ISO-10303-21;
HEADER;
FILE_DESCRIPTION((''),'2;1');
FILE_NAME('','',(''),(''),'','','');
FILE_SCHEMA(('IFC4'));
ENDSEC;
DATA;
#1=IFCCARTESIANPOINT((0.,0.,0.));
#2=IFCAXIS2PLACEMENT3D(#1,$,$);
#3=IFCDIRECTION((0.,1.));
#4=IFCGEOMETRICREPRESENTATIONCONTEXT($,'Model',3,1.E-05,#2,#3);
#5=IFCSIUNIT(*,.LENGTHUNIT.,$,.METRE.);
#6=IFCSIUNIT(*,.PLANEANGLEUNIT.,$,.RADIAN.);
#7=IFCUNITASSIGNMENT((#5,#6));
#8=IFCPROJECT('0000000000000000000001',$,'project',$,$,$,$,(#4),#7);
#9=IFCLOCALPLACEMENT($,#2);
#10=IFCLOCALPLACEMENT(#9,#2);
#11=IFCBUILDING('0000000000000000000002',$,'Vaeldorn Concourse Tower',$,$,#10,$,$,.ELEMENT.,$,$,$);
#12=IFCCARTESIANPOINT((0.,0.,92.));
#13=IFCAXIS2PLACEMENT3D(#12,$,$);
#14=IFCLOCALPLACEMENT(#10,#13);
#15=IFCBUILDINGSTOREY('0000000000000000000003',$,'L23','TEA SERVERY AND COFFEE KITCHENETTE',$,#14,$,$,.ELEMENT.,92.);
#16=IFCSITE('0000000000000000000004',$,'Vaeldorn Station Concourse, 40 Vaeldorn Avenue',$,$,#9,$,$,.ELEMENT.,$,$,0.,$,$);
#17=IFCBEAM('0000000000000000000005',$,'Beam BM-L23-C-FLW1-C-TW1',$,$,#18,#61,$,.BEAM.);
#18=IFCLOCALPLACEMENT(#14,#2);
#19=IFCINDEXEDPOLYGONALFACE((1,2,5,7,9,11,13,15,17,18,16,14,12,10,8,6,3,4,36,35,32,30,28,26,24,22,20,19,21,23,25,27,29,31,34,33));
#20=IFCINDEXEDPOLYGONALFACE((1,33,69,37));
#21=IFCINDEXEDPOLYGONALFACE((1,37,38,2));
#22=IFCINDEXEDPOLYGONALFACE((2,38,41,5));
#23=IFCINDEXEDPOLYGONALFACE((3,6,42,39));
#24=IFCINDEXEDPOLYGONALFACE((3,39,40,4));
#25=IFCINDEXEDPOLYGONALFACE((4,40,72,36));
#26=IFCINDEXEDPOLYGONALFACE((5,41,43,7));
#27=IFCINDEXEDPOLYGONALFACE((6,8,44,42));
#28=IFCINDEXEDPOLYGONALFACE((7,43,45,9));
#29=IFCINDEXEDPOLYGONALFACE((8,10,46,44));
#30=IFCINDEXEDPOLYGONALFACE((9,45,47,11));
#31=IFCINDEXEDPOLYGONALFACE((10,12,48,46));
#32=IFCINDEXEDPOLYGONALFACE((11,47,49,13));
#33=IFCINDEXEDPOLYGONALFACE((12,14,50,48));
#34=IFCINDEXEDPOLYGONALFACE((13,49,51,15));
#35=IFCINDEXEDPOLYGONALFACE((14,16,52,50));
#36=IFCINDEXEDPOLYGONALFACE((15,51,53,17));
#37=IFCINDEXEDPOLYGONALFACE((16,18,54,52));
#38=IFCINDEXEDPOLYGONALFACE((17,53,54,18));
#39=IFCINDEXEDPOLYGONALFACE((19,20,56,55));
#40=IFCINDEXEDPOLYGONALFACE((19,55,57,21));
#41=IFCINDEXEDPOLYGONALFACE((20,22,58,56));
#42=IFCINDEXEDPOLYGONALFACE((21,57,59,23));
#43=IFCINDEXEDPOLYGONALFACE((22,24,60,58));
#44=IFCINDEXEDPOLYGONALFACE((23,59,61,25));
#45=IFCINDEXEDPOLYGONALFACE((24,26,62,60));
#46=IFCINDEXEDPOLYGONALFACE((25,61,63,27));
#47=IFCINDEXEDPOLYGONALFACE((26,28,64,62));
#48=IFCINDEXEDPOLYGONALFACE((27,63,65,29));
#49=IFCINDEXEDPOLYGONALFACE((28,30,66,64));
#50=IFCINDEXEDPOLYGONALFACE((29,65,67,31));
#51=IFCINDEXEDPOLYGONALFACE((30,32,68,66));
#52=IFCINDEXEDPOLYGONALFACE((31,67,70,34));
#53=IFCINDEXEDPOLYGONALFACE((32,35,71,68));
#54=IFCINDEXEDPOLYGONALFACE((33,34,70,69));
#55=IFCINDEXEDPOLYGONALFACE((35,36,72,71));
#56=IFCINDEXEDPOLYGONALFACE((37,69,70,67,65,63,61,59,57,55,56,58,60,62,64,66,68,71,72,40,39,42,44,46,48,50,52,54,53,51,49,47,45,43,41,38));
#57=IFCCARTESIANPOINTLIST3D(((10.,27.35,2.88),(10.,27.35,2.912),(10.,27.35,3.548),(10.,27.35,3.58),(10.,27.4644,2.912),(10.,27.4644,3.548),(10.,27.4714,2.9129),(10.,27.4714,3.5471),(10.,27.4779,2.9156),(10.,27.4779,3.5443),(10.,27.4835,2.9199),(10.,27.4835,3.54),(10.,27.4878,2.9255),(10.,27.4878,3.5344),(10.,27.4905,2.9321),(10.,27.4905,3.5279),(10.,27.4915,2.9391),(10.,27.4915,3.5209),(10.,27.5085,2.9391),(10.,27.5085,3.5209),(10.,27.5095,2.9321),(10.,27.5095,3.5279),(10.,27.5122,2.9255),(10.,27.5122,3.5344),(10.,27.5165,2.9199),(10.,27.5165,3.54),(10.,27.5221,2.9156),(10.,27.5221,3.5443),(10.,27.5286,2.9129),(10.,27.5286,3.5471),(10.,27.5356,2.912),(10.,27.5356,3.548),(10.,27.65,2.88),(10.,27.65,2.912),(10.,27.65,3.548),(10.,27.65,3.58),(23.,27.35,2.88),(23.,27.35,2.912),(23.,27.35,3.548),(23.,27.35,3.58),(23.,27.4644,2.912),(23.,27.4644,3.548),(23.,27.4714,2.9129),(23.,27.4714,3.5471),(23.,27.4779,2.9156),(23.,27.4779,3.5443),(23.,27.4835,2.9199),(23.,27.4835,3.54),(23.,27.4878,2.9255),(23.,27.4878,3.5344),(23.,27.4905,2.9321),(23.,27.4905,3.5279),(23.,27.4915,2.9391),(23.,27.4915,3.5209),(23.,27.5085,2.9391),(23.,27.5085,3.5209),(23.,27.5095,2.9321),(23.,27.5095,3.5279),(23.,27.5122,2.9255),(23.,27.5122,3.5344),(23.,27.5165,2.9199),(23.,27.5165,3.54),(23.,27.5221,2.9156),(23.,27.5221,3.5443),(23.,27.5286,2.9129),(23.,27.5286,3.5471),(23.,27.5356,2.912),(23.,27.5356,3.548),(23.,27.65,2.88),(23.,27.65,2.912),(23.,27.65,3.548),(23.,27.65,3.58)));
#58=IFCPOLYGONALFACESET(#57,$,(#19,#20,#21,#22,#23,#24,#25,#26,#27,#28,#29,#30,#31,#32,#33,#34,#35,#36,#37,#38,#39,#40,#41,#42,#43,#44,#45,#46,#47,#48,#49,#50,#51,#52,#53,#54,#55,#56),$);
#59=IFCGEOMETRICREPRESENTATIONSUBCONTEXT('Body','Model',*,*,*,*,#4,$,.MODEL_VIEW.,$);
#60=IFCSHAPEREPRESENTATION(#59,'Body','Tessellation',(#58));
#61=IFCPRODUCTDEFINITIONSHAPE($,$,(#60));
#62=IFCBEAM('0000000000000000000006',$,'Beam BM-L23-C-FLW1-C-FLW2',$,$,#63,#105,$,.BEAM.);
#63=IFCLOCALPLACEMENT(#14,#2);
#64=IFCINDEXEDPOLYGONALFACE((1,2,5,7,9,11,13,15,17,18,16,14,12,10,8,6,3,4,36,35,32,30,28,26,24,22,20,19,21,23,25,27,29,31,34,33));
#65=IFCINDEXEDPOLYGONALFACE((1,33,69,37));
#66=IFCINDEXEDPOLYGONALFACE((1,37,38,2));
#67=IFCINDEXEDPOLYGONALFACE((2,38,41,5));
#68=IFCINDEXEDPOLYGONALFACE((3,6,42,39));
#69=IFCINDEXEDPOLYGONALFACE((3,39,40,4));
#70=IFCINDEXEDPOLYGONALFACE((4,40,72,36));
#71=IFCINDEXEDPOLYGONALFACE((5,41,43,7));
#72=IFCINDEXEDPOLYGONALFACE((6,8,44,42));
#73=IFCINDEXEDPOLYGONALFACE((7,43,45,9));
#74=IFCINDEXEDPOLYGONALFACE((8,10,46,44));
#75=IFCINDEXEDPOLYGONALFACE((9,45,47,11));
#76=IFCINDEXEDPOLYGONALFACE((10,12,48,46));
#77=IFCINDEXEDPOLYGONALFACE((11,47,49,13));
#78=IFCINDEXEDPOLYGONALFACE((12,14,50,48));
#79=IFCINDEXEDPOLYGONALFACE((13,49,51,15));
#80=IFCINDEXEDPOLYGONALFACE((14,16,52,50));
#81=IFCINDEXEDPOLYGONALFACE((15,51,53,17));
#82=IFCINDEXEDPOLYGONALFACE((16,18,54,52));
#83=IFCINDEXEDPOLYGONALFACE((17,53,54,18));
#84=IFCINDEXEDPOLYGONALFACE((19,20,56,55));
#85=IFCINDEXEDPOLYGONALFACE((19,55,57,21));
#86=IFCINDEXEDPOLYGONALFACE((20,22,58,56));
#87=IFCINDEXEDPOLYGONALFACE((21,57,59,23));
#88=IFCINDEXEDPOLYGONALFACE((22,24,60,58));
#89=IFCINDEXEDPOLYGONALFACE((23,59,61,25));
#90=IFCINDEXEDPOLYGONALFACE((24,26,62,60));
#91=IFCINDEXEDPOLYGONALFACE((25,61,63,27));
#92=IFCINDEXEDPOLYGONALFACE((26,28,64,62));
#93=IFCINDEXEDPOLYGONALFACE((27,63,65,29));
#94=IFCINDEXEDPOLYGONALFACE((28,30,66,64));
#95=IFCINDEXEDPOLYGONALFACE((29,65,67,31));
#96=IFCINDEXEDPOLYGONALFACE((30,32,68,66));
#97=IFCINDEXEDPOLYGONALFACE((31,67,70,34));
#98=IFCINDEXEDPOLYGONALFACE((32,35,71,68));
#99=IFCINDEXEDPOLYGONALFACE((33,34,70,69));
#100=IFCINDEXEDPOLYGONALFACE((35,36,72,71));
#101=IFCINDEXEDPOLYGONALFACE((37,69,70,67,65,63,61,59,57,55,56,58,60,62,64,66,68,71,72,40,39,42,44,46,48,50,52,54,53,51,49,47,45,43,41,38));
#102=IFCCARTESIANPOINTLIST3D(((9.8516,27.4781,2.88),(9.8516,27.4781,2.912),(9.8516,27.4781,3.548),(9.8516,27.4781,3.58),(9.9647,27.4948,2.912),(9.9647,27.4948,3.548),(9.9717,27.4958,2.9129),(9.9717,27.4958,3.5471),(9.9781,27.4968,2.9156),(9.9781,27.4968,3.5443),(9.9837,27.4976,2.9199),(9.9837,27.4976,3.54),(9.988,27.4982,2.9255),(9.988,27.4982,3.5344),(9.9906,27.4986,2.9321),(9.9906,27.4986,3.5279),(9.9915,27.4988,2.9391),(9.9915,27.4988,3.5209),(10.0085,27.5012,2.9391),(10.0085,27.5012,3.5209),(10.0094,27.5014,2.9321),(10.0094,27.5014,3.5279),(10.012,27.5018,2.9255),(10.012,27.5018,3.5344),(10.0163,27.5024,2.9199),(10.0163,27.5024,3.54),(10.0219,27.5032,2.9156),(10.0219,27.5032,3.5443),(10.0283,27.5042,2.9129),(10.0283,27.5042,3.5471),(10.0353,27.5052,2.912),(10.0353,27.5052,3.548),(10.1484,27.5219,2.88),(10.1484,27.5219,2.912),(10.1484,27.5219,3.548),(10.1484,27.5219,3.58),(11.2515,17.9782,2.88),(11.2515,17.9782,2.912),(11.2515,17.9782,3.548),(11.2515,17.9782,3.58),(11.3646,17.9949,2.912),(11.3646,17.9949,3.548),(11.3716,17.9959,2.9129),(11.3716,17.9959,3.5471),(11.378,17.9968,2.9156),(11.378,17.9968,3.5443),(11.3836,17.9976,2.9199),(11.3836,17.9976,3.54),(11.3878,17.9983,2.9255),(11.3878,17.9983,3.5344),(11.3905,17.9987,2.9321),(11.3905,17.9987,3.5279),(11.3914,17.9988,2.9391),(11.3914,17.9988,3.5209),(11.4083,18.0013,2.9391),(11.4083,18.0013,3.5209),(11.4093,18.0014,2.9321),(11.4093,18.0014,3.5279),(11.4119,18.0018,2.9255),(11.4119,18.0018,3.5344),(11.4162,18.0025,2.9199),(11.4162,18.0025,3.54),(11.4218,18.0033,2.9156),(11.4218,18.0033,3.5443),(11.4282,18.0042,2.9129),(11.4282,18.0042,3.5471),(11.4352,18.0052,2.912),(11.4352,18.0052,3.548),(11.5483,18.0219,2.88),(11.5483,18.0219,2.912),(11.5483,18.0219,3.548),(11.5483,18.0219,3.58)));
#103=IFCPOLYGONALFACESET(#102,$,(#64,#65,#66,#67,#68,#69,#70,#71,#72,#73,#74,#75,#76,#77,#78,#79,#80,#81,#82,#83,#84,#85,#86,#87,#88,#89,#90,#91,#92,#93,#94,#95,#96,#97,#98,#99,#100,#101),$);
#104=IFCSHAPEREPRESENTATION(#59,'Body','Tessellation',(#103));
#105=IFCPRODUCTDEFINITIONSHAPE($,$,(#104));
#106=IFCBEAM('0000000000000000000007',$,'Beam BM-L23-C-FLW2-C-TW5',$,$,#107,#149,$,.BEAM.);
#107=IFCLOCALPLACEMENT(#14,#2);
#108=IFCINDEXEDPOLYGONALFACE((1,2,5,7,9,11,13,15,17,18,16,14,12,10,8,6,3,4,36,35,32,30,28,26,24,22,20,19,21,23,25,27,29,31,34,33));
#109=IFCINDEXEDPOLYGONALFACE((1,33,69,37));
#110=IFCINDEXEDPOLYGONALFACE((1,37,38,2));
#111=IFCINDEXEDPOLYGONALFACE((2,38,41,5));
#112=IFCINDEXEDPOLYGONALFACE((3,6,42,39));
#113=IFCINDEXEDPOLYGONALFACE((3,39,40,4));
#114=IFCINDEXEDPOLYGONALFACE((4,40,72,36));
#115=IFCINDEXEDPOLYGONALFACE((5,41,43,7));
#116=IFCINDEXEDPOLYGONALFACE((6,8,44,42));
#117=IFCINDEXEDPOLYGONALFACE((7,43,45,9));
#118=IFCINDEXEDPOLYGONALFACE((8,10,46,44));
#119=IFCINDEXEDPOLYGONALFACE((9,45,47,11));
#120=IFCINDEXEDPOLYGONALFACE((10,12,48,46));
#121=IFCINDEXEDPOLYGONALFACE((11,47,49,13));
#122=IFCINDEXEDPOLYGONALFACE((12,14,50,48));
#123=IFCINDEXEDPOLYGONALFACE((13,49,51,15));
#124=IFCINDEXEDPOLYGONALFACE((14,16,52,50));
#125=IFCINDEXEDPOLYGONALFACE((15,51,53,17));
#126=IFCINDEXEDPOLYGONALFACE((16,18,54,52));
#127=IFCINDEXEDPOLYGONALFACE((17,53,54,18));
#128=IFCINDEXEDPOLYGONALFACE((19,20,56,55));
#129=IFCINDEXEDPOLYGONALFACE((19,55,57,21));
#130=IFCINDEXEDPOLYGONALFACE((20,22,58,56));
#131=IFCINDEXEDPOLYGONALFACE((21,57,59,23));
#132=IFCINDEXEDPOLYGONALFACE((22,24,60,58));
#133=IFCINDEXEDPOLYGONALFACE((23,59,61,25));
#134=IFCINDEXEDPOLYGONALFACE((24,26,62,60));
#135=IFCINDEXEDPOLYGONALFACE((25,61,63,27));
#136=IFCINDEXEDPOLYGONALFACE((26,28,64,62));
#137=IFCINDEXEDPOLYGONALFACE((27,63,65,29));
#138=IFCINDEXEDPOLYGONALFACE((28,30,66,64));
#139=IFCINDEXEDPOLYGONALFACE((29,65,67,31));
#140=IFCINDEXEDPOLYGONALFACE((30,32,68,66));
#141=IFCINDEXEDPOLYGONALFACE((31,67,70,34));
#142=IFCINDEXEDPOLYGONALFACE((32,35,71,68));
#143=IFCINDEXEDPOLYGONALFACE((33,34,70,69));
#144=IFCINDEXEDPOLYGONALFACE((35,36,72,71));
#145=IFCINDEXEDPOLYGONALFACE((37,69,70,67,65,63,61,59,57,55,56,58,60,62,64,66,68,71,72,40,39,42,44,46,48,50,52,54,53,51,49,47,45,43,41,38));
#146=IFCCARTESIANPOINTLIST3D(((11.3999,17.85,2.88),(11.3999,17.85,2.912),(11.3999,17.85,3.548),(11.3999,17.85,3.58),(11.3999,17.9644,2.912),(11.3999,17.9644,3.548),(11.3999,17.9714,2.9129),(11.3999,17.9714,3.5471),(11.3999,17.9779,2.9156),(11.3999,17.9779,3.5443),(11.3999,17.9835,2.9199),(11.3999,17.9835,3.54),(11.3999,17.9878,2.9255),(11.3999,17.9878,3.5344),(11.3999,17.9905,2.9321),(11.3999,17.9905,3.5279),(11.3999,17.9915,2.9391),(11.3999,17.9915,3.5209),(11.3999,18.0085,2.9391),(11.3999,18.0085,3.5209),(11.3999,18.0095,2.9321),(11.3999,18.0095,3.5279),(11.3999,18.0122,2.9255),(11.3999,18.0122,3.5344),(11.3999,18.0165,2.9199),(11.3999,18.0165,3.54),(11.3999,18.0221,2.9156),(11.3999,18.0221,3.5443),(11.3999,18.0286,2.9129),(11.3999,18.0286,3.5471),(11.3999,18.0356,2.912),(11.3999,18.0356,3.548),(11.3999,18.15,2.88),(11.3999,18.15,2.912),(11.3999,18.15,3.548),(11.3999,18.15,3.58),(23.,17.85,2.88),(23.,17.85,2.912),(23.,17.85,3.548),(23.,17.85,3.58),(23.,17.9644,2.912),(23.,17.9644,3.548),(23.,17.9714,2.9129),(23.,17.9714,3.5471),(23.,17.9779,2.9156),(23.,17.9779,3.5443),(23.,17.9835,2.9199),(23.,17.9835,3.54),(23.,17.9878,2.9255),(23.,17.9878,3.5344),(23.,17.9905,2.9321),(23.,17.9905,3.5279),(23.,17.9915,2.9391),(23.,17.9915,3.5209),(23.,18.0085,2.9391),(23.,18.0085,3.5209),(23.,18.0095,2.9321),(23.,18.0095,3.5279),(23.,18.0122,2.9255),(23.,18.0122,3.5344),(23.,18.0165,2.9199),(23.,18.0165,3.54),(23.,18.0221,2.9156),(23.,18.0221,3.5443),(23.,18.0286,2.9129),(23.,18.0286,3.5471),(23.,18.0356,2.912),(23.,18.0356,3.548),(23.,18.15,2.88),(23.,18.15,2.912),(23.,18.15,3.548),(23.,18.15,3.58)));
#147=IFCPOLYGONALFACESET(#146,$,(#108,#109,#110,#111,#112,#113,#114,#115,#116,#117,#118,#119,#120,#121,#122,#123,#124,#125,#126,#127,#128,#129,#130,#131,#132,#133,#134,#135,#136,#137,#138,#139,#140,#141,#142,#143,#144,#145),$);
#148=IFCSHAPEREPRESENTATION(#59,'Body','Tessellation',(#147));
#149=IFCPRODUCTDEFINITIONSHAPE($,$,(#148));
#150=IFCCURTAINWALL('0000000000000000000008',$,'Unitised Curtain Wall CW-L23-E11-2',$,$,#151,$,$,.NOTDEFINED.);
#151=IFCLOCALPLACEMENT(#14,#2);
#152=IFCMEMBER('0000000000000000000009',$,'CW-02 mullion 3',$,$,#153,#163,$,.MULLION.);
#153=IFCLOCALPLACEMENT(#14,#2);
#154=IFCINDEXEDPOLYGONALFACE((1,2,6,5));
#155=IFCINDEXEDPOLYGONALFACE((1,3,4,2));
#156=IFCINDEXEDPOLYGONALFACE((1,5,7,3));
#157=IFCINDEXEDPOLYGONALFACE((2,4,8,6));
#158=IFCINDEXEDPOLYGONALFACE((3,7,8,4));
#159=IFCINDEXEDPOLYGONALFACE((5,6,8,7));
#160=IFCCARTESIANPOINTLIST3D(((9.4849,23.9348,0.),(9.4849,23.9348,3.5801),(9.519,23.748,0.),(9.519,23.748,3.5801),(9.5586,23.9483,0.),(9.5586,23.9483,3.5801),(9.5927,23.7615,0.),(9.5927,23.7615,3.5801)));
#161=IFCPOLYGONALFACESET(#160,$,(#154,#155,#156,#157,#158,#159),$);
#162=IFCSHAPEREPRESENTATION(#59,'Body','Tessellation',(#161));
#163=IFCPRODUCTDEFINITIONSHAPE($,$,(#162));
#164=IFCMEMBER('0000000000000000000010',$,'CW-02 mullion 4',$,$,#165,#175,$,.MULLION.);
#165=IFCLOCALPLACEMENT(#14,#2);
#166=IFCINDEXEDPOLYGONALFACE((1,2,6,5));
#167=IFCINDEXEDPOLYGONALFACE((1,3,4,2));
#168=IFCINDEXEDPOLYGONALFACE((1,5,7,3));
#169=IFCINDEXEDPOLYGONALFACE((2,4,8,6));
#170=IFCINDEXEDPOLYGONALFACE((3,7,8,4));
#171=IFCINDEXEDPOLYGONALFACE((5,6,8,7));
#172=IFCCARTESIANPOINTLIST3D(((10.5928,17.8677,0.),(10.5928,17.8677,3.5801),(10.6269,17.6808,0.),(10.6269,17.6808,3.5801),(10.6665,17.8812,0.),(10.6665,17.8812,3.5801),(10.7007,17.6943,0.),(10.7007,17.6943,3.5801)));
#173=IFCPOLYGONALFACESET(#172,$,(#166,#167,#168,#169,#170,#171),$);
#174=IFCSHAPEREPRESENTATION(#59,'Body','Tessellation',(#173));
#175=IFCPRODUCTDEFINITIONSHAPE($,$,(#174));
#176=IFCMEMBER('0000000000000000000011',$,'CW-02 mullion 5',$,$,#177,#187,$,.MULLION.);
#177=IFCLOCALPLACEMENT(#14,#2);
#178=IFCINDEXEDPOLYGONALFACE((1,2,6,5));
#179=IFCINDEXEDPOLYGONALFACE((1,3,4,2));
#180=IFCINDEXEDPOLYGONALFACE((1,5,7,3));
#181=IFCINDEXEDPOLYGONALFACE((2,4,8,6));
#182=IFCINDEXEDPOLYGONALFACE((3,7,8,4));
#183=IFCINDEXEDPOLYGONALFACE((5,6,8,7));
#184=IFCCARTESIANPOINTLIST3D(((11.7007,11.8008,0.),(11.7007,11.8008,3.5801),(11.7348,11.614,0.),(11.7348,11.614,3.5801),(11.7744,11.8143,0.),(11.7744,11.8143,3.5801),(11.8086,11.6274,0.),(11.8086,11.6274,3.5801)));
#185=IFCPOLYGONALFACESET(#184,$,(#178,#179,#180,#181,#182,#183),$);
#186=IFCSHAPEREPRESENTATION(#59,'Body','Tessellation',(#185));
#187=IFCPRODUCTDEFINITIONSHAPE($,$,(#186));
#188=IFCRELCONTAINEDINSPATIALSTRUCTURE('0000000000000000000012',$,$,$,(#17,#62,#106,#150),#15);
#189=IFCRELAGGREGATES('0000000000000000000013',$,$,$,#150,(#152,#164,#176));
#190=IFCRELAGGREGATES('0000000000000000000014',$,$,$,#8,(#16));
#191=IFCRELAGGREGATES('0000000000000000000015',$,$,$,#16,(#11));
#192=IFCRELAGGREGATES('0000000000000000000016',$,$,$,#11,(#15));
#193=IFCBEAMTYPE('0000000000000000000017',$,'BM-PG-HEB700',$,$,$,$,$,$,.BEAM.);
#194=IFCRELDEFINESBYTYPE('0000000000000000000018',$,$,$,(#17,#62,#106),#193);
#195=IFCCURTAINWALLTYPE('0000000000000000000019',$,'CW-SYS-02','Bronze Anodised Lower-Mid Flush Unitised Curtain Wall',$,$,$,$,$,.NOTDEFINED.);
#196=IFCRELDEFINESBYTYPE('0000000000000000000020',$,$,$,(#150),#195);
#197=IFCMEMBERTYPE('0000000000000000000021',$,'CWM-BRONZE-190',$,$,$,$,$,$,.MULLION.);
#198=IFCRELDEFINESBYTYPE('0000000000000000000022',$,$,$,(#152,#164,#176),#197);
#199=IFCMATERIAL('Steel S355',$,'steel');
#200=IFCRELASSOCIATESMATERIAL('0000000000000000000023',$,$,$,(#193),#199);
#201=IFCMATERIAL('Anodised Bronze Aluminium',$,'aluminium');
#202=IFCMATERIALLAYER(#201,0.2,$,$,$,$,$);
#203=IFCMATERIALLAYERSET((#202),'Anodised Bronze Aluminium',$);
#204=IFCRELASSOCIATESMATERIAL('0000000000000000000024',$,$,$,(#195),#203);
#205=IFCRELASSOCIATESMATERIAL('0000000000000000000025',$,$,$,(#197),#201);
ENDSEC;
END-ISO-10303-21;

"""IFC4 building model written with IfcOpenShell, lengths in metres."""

from ifc_helpers import new_model, si_unit, direction, frame, origin, origin_2d, place, context, subcontext, project, spatial, rectangle, i_section, extrude, source, transform, mapped, material, layer, layer_set, material_profile, profile_set, type_object, element, aggregate, save


model = new_model("IFC4")

# Units and contexts
model_context = context("Model", 3, precision=1e-05, world=origin(), true_north=direction((0.0, 1.0)))
body_context = subcontext(model_context, "Body", "Model", "MODEL_VIEW")
ifc_project = project(units=[si_unit("LENGTHUNIT", "METRE"), si_unit("PLANEANGLEUNIT", "RADIAN")], contexts=[model_context])

# Site, building, storey
site_placement = place(None, origin())
site = spatial("IfcSite", under=ifc_project, at=site_placement, Name="Vaeldorn Station Concourse, 40 Vaeldorn Avenue", CompositionType="ELEMENT", RefElevation=0.0)
building_placement = place(site_placement, origin())
building = spatial("IfcBuilding", under=site, at=building_placement, Name="Vaeldorn Concourse Tower", CompositionType="ELEMENT")
storey_placement = place(building_placement, frame((0.0, 0.0, 92.0)))
storey = spatial("IfcBuildingStorey", under=building, at=storey_placement, Name="L23", Description="TEA SERVERY AND COFFEE KITCHENETTE", CompositionType="ELEMENT", Elevation=92.0)

# Beams
ifc_material_1 = material(Name="Steel S355", Category="steel")
ifc_material_profile_1 = material_profile(ifc_material_1, i_section(OverallWidth=0.3, OverallDepth=0.7, WebThickness=0.0171, FlangeThickness=0.032, FilletRadius=0.0271, at=origin_2d()), Name="HEB 700")
ifc_profile_set_1 = profile_set([ifc_material_profile_1], Name="Steel S355")
beam_type_1 = type_object("IfcBeamType", Name="BM-PG-HEB700", PredefinedType="BEAM", material=ifc_profile_set_1)
shared_shape_1 = source(origin(), body_context, "Body", "SweptSolid", [
    extrude(i_section(OverallWidth=0.3, OverallDepth=0.7, WebThickness=0.0171, FlangeThickness=0.032, FilletRadius=0.0271, at=origin_2d()), origin(), (0.0, 0.0, 1.0), 13.0),
])
beam_1_placement = place(storey_placement, frame((10.0, 27.5, 3.23), z_axis=(1.0, 0.0, 0.0), x_axis=(0.0, 1.0, 0.0)))
element("IfcBeam", 1, at=beam_1_placement, inside=storey, type_object=beam_type_1, Name="Beam BM-L23-C-FLW1-C-TW1", PredefinedType="BEAM", context=body_context, shape_type="MappedRepresentation", body=[
    mapped(shared_shape_1, transform((0.0, 0.0, 0.0), scale=1.0)),
])
shared_shape_2 = source(origin(), body_context, "Body", "SweptSolid", [
    extrude(i_section(OverallWidth=0.3, OverallDepth=0.7, WebThickness=0.0171, FlangeThickness=0.032, FilletRadius=0.0271, at=origin_2d()), origin(), (0.0, 0.0, 1.0), 9.6025),
])
beam_2_placement = place(storey_placement, frame((10.0, 27.5, 3.23), z_axis=(0.145784, -0.989316, 0.0), x_axis=(0.989316, 0.145784, 0.0)))
element("IfcBeam", 2, at=beam_2_placement, inside=storey, type_object=beam_type_1, Name="Beam BM-L23-C-FLW1-C-FLW2", PredefinedType="BEAM", context=body_context, shape_type="MappedRepresentation", body=[
    mapped(shared_shape_2, transform((0.0, 0.0, 0.0), scale=1.0)),
])
shared_shape_3 = source(origin(), body_context, "Body", "SweptSolid", [
    extrude(i_section(OverallWidth=0.3, OverallDepth=0.7, WebThickness=0.0171, FlangeThickness=0.032, FilletRadius=0.0271, at=origin_2d()), origin(), (0.0, 0.0, 1.0), 11.6001),
])
beam_3_placement = place(storey_placement, frame((11.3999, 18.0, 3.23), z_axis=(1.0, 0.0, 0.0), x_axis=(0.0, 1.0, 0.0)))
element("IfcBeam", 3, at=beam_3_placement, inside=storey, type_object=beam_type_1, Name="Beam BM-L23-C-FLW2-C-TW5", PredefinedType="BEAM", context=body_context, shape_type="MappedRepresentation", body=[
    mapped(shared_shape_3, transform((0.0, 0.0, 0.0), scale=1.0)),
])

# Curtain wall, members
ifc_material_2 = material(Name="Anodised Bronze Aluminium", Category="aluminium")
ifc_layer_1 = layer(ifc_material_2, 0.2)
ifc_layer_set_1 = layer_set([ifc_layer_1], Name="Anodised Bronze Aluminium")
curtain_wall_type = type_object("IfcCurtainWallType", Name="CW-SYS-02", Description="Bronze Anodised Lower-Mid Flush Unitised Curtain Wall", PredefinedType="NOTDEFINED", material=ifc_layer_set_1)
curtain_wall_placement = place(storey_placement, origin())
curtain_wall = element("IfcCurtainWall", 4, at=curtain_wall_placement, inside=storey, type_object=curtain_wall_type, Name="Unitised Curtain Wall CW-L23-E11-2", PredefinedType="NOTDEFINED")
ifc_material_profile_2 = material_profile(ifc_material_2, rectangle(XDim=0.075, YDim=0.1899, at=origin_2d()), Name="CWM 75x190")
ifc_profile_set_2 = profile_set([ifc_material_profile_2], Name="Anodised Bronze Aluminium")
member_type_1 = type_object("IfcMemberType", Name="CWM-BRONZE-190", PredefinedType="MULLION", material=ifc_profile_set_2)
shared_shape_4 = source(origin(), body_context, "Body", "SweptSolid", [
    extrude(rectangle(XDim=0.075, YDim=0.1899, at=origin_2d()), origin(), (0.0, 0.0, 1.0), 3.5801),
])
member_1_placement = place(storey_placement, frame((9.5388, 23.8481, 0.0), z_axis=(0.0, 0.0, 1.0), x_axis=(0.983729, 0.179656, 0.0)))
member_1 = element("IfcMember", 5, at=member_1_placement, type_object=member_type_1, Name="CW-02 mullion 3", PredefinedType="MULLION", context=body_context, shape_type="MappedRepresentation", body=[
    mapped(shared_shape_4, transform((0.0, 0.0, 0.0), scale=1.0)),
])
member_2_placement = place(storey_placement, frame((10.6467, 17.781, 0.0), z_axis=(0.0, 0.0, 1.0), x_axis=(0.983729, 0.179656, 0.0)))
member_2 = element("IfcMember", 6, at=member_2_placement, type_object=member_type_1, Name="CW-02 mullion 4", PredefinedType="MULLION", context=body_context, shape_type="MappedRepresentation", body=[
    mapped(shared_shape_4, transform((0.0, 0.0, 0.0), scale=1.0)),
])
member_3_placement = place(storey_placement, frame((11.7546, 11.7141, 0.0), z_axis=(0.0, 0.0, 1.0), x_axis=(0.983729, 0.179656, 0.0)))
member_3 = element("IfcMember", 7, at=member_3_placement, type_object=member_type_1, Name="CW-02 mullion 5", PredefinedType="MULLION", context=body_context, shape_type="MappedRepresentation", body=[
    mapped(shared_shape_4, transform((0.0, 0.0, 0.0), scale=1.0)),
])
aggregate(curtain_wall, [member_1, member_2, member_3])

save(model, "model.ifc")
